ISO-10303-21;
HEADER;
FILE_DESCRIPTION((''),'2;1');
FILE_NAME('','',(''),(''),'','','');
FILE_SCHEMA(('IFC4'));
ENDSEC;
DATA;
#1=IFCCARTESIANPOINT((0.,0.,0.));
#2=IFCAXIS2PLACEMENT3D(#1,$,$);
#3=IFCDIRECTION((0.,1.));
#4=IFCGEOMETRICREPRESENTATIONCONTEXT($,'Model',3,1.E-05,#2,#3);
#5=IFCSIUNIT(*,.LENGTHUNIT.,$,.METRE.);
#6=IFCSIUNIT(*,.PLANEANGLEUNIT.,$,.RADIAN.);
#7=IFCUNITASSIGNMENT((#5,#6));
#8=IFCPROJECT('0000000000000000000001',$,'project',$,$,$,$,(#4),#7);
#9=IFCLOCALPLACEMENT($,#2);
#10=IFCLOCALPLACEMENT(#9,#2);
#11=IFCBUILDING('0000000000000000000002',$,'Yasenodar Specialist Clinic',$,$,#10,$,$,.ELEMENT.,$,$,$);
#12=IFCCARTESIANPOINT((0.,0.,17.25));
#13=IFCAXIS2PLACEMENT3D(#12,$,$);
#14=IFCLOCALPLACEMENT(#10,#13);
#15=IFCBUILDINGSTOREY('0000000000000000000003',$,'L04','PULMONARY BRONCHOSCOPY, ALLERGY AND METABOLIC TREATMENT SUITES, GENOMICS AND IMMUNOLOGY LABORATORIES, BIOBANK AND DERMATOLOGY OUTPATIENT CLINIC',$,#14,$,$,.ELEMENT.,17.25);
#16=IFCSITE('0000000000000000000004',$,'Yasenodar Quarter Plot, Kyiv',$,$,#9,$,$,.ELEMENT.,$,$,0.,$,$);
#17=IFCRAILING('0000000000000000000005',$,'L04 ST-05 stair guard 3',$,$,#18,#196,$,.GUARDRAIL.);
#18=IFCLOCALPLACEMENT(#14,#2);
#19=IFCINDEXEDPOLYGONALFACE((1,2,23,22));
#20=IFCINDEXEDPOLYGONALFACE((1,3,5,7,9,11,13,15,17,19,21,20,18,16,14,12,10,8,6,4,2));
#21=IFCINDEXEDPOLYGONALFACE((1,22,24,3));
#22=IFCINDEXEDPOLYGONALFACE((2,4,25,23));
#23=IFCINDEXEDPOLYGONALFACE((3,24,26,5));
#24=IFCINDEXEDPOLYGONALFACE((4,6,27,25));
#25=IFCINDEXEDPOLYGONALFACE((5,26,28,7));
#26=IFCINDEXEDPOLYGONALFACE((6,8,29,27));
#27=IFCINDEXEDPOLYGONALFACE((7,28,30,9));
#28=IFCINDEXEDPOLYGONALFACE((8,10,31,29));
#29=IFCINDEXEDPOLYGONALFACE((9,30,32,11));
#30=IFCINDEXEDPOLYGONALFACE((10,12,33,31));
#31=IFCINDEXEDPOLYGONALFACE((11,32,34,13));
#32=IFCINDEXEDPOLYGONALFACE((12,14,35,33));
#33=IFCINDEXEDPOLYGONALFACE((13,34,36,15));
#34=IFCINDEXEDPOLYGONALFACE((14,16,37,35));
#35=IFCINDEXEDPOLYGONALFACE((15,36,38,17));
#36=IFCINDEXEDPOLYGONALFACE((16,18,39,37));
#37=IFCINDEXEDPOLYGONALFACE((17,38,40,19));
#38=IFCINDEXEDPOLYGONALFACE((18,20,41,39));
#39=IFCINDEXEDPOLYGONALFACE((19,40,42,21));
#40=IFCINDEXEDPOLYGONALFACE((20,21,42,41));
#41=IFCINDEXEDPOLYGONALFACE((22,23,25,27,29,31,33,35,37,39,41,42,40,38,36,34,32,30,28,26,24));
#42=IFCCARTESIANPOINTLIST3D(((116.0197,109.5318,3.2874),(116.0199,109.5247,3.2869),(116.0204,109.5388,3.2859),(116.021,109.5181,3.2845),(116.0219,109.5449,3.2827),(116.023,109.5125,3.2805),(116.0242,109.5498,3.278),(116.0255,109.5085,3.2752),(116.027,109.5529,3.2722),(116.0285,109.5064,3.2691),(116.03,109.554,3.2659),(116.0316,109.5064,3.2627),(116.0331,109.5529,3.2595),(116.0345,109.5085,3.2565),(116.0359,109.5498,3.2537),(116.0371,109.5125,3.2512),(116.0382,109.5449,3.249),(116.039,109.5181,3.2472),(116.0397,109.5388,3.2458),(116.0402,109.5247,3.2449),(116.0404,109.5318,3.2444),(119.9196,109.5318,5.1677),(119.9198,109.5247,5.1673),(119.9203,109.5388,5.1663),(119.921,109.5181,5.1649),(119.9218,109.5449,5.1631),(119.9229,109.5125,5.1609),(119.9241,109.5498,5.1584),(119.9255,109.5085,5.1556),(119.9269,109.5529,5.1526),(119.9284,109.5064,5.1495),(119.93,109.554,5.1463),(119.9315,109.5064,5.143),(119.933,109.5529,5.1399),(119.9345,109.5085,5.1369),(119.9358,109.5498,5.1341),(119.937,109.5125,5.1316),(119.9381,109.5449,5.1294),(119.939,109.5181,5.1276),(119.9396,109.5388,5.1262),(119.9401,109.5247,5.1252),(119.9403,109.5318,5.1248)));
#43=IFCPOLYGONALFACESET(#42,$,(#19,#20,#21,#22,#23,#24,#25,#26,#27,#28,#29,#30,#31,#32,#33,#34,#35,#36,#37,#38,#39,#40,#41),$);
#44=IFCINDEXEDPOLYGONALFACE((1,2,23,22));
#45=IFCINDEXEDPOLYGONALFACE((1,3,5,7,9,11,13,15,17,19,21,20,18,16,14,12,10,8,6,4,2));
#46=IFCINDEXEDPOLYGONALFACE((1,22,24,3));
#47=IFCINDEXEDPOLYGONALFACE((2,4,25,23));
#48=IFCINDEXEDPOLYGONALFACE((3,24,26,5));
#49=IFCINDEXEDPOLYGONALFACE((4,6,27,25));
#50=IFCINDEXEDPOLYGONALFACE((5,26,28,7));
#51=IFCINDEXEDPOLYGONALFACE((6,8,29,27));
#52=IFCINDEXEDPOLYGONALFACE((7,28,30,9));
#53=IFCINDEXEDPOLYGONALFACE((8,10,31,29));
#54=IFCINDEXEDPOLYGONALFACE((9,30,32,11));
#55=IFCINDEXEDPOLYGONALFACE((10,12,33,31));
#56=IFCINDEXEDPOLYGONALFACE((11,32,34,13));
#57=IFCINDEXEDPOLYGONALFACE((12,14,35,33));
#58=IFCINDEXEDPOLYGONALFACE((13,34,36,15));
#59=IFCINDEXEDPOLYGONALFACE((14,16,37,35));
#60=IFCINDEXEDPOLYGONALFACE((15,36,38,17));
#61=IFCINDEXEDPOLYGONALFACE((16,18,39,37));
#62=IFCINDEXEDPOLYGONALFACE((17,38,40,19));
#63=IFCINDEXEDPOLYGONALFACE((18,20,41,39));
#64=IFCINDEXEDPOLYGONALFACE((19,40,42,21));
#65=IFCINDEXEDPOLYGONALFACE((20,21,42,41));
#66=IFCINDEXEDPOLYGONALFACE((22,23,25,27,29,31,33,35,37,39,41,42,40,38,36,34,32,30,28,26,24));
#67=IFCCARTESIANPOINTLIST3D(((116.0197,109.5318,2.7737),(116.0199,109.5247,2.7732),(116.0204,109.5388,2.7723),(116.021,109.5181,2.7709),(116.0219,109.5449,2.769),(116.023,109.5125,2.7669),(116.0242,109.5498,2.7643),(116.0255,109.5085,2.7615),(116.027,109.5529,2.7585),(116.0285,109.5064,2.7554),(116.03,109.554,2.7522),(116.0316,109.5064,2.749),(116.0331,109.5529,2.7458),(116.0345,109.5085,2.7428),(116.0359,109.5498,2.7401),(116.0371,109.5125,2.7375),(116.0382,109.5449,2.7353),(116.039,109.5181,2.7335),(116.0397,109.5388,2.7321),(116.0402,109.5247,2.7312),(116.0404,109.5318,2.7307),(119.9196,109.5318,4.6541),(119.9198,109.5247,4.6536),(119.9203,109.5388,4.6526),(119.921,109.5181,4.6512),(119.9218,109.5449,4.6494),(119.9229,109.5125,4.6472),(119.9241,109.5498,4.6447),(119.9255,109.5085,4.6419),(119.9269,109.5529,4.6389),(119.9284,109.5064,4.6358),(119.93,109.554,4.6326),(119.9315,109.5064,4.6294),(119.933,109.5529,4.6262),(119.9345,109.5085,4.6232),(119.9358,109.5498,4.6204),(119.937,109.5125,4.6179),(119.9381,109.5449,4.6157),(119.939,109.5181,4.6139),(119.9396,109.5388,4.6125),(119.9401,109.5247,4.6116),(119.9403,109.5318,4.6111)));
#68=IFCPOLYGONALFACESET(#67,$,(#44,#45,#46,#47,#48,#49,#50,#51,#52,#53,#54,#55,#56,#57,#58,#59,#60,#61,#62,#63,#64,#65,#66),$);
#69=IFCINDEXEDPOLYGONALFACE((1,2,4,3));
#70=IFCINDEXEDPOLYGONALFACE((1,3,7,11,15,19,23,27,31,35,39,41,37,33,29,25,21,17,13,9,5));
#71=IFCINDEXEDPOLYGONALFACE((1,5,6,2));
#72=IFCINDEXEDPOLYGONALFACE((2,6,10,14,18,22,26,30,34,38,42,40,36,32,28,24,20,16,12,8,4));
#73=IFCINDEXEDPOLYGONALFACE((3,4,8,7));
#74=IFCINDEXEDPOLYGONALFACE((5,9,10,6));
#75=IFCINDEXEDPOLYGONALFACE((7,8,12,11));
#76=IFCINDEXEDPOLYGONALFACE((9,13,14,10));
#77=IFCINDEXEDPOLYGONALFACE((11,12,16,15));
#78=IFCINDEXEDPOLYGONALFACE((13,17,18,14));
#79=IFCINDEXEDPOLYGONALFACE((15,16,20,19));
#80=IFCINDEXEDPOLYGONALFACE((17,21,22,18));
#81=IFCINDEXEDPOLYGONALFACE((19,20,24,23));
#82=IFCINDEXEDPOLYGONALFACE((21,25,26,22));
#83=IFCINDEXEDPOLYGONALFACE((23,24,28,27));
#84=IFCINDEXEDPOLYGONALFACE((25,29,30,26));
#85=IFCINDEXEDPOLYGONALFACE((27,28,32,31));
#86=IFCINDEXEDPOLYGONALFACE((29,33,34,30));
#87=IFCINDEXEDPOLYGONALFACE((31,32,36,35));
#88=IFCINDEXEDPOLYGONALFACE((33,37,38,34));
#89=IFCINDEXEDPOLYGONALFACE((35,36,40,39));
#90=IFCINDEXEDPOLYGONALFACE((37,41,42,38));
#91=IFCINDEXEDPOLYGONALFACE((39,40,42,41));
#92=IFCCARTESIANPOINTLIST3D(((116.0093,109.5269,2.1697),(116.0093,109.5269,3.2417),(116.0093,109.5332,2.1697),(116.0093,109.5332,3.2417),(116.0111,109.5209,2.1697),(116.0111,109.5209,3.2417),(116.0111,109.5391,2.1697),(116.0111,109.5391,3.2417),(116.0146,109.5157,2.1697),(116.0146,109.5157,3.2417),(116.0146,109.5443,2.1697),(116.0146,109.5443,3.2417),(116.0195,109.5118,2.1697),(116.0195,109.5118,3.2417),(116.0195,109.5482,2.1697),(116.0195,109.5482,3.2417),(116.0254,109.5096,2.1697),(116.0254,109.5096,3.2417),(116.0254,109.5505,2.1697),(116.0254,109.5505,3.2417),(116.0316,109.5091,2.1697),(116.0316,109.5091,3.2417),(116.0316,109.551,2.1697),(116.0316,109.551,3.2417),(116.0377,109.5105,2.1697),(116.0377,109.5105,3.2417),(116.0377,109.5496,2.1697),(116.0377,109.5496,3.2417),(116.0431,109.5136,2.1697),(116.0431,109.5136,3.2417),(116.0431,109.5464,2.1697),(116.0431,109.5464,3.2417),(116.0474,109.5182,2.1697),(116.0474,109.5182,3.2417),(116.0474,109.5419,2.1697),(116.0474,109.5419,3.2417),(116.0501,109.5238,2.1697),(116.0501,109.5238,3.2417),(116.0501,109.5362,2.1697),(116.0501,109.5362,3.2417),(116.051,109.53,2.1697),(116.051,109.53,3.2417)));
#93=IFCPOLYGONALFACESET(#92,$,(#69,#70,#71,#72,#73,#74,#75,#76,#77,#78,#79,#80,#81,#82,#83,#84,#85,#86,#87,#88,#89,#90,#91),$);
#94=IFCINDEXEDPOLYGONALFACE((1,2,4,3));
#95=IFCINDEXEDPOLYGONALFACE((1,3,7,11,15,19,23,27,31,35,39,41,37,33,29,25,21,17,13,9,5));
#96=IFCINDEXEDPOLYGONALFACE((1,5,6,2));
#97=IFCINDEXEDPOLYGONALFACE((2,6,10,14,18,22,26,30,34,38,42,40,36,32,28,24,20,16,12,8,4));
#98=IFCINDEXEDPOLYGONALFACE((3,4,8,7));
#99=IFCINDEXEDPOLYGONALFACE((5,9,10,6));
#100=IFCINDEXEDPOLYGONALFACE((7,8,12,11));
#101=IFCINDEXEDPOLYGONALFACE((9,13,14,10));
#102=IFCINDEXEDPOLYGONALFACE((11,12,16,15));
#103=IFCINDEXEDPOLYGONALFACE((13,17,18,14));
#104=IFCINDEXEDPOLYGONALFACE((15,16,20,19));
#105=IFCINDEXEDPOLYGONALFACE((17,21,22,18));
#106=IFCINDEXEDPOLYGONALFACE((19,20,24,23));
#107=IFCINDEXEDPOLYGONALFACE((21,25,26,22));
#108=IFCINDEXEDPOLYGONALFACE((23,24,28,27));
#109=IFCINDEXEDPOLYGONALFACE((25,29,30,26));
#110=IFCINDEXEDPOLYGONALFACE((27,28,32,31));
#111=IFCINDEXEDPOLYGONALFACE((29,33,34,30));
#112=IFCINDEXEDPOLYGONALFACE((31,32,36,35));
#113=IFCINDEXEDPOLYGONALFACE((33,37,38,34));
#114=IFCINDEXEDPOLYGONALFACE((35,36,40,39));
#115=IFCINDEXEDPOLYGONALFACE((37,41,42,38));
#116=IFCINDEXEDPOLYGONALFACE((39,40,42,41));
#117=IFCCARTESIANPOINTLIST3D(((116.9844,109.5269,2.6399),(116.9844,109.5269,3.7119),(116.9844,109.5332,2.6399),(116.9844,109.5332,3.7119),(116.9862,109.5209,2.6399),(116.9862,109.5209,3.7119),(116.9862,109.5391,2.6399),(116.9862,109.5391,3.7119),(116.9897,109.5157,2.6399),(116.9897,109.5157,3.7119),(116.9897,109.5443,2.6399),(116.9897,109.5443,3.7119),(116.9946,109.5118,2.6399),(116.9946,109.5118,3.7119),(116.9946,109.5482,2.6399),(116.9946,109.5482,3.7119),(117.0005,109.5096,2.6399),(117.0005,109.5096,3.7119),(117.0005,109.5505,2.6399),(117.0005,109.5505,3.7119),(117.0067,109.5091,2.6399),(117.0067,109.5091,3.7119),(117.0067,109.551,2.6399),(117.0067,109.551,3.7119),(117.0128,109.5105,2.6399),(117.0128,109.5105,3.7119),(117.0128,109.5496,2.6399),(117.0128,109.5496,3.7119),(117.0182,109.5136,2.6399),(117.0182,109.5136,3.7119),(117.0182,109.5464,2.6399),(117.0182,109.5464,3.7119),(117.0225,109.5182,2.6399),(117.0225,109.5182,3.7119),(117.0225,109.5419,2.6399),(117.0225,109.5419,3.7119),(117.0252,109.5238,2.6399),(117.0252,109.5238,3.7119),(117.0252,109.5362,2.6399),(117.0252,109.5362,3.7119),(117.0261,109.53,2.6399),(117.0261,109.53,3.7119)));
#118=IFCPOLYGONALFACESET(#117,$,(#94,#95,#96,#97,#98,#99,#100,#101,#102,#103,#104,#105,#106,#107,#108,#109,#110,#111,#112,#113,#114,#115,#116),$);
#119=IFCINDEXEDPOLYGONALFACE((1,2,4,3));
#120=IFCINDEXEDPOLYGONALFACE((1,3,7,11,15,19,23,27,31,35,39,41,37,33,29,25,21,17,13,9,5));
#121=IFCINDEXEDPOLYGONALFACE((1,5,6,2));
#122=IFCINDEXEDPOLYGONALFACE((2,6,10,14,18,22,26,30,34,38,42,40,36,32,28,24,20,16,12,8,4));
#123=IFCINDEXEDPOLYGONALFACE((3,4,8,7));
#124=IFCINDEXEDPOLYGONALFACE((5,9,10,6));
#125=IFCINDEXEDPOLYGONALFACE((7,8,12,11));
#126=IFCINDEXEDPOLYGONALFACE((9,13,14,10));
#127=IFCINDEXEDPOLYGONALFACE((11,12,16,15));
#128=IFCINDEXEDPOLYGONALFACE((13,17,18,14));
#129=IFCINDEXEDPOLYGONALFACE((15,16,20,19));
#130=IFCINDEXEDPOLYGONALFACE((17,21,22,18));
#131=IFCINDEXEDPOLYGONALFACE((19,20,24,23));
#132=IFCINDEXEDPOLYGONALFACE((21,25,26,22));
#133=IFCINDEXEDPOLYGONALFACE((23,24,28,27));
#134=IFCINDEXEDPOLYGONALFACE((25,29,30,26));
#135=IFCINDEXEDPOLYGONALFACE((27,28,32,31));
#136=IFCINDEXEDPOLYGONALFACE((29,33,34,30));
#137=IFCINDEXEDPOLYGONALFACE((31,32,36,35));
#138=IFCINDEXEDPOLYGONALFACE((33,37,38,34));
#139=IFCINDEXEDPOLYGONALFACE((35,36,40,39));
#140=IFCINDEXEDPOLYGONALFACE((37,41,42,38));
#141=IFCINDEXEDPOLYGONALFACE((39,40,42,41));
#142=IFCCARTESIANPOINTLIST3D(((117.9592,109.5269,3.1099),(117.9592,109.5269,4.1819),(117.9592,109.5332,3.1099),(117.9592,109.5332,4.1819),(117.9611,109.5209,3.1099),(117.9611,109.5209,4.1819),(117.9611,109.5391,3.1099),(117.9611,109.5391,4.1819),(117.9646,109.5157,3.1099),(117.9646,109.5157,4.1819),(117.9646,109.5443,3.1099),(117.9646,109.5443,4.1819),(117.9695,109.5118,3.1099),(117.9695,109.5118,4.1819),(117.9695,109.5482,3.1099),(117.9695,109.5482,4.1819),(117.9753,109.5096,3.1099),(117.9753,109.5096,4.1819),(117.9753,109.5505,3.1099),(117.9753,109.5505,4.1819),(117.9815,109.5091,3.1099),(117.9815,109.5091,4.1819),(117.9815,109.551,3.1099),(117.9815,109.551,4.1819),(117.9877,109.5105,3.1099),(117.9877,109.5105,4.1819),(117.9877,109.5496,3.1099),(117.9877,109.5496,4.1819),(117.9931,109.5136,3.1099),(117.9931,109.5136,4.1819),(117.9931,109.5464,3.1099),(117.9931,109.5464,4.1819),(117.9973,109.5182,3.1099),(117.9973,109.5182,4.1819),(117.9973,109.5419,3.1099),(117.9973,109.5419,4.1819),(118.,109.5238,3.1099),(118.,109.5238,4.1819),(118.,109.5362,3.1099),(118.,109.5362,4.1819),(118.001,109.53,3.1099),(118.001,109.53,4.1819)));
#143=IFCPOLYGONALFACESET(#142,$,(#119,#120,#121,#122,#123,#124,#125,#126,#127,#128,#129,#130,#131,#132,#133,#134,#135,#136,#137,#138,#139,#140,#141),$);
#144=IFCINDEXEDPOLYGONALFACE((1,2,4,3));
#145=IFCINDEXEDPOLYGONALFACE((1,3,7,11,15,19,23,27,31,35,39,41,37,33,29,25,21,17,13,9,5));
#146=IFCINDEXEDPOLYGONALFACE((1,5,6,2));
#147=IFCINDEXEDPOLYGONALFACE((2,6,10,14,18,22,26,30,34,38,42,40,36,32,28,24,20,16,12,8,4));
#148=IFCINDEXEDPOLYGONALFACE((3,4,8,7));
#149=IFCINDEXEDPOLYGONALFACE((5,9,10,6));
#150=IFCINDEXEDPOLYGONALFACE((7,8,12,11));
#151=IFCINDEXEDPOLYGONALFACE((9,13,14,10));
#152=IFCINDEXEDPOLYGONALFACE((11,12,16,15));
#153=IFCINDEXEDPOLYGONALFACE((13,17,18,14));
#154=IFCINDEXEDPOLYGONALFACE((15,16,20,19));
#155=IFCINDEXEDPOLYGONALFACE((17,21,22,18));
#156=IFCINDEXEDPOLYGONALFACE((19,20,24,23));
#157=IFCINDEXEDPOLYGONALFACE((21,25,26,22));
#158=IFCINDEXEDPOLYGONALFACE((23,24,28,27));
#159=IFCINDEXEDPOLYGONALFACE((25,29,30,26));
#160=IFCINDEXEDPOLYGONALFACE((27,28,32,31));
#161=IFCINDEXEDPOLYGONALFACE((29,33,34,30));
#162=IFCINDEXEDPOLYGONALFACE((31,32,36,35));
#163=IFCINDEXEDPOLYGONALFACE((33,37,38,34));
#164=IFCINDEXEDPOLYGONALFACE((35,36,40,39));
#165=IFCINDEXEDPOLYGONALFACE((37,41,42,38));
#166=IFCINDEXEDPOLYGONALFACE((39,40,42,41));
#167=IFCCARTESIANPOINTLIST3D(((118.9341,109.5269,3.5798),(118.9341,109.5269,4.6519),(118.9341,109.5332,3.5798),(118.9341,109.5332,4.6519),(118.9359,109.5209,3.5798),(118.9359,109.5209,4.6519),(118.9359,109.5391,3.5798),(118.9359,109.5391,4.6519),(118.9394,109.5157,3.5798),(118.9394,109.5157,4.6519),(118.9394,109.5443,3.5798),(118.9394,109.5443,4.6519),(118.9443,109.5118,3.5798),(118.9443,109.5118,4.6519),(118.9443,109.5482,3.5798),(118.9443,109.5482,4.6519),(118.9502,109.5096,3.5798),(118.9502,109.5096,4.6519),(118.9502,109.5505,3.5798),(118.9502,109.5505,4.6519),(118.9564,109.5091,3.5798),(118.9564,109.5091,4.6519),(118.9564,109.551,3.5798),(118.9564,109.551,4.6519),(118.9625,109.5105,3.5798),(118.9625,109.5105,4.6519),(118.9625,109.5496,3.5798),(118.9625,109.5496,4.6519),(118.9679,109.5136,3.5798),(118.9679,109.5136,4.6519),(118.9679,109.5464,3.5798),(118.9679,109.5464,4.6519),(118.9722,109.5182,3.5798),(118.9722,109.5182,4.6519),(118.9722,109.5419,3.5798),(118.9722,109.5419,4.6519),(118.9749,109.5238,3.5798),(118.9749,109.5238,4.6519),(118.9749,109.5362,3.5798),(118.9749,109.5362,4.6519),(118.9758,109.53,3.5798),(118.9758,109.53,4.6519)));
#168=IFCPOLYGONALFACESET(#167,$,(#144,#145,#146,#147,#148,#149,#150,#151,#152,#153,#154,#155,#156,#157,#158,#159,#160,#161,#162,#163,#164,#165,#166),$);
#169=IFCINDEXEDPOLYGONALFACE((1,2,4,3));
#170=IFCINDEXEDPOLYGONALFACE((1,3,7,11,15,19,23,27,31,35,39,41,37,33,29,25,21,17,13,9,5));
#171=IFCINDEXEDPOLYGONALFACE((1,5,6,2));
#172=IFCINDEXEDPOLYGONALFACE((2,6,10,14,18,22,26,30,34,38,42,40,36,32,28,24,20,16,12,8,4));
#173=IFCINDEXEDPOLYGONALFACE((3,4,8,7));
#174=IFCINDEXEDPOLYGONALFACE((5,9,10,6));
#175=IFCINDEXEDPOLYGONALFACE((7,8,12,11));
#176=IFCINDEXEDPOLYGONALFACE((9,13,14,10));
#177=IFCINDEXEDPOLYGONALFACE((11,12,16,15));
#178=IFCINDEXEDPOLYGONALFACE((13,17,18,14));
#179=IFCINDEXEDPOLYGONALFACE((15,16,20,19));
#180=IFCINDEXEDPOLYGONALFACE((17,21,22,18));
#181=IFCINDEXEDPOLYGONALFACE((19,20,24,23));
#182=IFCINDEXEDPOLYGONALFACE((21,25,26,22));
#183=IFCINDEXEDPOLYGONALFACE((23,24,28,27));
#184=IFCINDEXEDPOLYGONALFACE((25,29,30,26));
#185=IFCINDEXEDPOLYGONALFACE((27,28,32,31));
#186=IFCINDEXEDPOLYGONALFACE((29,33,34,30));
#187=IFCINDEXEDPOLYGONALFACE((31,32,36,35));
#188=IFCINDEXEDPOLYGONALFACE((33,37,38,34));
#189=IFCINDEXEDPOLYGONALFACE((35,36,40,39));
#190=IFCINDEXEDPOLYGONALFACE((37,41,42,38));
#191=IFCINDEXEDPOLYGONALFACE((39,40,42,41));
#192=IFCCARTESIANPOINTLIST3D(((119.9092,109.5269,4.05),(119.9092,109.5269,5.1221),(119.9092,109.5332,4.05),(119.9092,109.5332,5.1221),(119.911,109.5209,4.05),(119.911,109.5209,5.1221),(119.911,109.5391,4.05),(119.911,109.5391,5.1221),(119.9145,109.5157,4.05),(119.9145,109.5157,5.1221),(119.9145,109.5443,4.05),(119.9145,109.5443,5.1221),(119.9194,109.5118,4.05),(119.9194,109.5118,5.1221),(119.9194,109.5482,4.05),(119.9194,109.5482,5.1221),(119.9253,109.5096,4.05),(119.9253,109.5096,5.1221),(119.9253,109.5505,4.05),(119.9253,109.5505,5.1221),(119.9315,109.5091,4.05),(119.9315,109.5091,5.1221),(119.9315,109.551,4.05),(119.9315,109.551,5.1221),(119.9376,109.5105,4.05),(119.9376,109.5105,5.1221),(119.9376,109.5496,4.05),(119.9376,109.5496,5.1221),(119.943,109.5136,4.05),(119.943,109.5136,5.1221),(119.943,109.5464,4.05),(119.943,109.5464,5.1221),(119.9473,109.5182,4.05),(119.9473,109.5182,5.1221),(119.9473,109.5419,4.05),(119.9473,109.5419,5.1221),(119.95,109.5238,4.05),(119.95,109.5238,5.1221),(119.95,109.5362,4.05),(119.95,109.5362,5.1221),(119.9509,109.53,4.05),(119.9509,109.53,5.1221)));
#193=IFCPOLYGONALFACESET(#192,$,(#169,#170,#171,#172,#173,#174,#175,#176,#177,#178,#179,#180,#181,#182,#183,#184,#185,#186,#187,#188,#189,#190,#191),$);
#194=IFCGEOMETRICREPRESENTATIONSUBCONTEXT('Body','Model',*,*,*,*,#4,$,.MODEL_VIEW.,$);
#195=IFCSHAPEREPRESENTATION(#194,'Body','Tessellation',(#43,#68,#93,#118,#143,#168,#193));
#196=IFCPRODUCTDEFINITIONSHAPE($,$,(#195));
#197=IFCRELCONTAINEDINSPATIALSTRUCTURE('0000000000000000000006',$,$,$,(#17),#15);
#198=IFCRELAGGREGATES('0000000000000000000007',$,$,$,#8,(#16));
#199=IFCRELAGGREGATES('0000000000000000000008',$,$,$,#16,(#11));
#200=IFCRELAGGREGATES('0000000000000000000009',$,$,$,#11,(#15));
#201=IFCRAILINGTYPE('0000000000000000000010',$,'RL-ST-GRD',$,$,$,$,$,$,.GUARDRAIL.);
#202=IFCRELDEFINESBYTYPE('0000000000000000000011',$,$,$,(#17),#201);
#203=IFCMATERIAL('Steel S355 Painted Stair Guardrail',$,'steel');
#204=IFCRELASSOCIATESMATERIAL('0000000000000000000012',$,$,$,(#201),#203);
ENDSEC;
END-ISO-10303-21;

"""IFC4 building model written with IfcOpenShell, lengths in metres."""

from ifc_helpers import new_model, si_unit, direction, frame, origin, origin_2d, place, context, subcontext, project, spatial, circle, extrude, material, type_object, element, save


model = new_model("IFC4")

# Units and contexts
model_context = context("Model", 3, precision=1e-05, world=origin(), true_north=direction((0.0, 1.0)))
body_context = subcontext(model_context, "Body", "Model", "MODEL_VIEW")
ifc_project = project(units=[si_unit("LENGTHUNIT", "METRE"), si_unit("PLANEANGLEUNIT", "RADIAN")], contexts=[model_context])

# Site, building, storey
site_placement = place(None, origin())
site = spatial("IfcSite", under=ifc_project, at=site_placement, Name="Yasenodar Quarter Plot, Kyiv", CompositionType="ELEMENT", RefElevation=0.0)
building_placement = place(site_placement, origin())
building = spatial("IfcBuilding", under=site, at=building_placement, Name="Yasenodar Specialist Clinic", CompositionType="ELEMENT")
storey_placement = place(building_placement, frame((0.0, 0.0, 17.25)))
storey = spatial("IfcBuildingStorey", under=building, at=storey_placement, Name="L04", Description="PULMONARY BRONCHOSCOPY, ALLERGY AND METABOLIC TREATMENT SUITES, GENOMICS AND IMMUNOLOGY LABORATORIES, BIOBANK AND DERMATOLOGY OUTPATIENT CLINIC", CompositionType="ELEMENT", Elevation=17.25)

# Railing
ifc_material_1 = material(Name="Steel S355 Painted Stair Guardrail", Category="steel")
railing_type_1 = type_object("IfcRailingType", Name="RL-ST-GRD", PredefinedType="GUARDRAIL", material=ifc_material_1)
railing_1_placement = place(storey_placement, frame((116.03, 109.53, 2.1697)))
element("IfcRailing", 1, at=railing_1_placement, inside=storey, type_object=railing_type_1, Name="L04 ST-05 stair guard 3", PredefinedType="GUARDRAIL", context=body_context, shape_type="SweptSolid", body=[
    extrude(circle(Radius=0.0239, at=origin_2d()), frame((0.0, 0.0, 1.0962), z_axis=(0.900763, 0.0, 0.434311), x_axis=(0.0, 1.0, 0.0)), (0.0, 0.0, 1.0), 4.3296),
    extrude(circle(Radius=0.0239, at=origin_2d()), frame((0.0, 0.0, 0.5825), z_axis=(0.900763, 0.0, 0.434311), x_axis=(0.0, 1.0, 0.0)), (0.0, 0.0, 1.0), 4.3296),
    extrude(circle(Radius=0.021, at=origin_2d()), origin(), (0.0, 0.0, 1.0), 1.072),
    extrude(circle(Radius=0.021, at=origin_2d()), frame((0.9751, 0.0, 0.4702)), (0.0, 0.0, 1.0), 1.072),
    extrude(circle(Radius=0.021, at=origin_2d()), frame((1.95, 0.0, 0.9402)), (0.0, 0.0, 1.0), 1.072),
    extrude(circle(Radius=0.021, at=origin_2d()), frame((2.9248, 0.0, 1.4102)), (0.0, 0.0, 1.0), 1.072),
    extrude(circle(Radius=0.021, at=origin_2d()), frame((3.8999, 0.0, 1.8804)), (0.0, 0.0, 1.0), 1.072),
])

save(model, "model.ifc")
